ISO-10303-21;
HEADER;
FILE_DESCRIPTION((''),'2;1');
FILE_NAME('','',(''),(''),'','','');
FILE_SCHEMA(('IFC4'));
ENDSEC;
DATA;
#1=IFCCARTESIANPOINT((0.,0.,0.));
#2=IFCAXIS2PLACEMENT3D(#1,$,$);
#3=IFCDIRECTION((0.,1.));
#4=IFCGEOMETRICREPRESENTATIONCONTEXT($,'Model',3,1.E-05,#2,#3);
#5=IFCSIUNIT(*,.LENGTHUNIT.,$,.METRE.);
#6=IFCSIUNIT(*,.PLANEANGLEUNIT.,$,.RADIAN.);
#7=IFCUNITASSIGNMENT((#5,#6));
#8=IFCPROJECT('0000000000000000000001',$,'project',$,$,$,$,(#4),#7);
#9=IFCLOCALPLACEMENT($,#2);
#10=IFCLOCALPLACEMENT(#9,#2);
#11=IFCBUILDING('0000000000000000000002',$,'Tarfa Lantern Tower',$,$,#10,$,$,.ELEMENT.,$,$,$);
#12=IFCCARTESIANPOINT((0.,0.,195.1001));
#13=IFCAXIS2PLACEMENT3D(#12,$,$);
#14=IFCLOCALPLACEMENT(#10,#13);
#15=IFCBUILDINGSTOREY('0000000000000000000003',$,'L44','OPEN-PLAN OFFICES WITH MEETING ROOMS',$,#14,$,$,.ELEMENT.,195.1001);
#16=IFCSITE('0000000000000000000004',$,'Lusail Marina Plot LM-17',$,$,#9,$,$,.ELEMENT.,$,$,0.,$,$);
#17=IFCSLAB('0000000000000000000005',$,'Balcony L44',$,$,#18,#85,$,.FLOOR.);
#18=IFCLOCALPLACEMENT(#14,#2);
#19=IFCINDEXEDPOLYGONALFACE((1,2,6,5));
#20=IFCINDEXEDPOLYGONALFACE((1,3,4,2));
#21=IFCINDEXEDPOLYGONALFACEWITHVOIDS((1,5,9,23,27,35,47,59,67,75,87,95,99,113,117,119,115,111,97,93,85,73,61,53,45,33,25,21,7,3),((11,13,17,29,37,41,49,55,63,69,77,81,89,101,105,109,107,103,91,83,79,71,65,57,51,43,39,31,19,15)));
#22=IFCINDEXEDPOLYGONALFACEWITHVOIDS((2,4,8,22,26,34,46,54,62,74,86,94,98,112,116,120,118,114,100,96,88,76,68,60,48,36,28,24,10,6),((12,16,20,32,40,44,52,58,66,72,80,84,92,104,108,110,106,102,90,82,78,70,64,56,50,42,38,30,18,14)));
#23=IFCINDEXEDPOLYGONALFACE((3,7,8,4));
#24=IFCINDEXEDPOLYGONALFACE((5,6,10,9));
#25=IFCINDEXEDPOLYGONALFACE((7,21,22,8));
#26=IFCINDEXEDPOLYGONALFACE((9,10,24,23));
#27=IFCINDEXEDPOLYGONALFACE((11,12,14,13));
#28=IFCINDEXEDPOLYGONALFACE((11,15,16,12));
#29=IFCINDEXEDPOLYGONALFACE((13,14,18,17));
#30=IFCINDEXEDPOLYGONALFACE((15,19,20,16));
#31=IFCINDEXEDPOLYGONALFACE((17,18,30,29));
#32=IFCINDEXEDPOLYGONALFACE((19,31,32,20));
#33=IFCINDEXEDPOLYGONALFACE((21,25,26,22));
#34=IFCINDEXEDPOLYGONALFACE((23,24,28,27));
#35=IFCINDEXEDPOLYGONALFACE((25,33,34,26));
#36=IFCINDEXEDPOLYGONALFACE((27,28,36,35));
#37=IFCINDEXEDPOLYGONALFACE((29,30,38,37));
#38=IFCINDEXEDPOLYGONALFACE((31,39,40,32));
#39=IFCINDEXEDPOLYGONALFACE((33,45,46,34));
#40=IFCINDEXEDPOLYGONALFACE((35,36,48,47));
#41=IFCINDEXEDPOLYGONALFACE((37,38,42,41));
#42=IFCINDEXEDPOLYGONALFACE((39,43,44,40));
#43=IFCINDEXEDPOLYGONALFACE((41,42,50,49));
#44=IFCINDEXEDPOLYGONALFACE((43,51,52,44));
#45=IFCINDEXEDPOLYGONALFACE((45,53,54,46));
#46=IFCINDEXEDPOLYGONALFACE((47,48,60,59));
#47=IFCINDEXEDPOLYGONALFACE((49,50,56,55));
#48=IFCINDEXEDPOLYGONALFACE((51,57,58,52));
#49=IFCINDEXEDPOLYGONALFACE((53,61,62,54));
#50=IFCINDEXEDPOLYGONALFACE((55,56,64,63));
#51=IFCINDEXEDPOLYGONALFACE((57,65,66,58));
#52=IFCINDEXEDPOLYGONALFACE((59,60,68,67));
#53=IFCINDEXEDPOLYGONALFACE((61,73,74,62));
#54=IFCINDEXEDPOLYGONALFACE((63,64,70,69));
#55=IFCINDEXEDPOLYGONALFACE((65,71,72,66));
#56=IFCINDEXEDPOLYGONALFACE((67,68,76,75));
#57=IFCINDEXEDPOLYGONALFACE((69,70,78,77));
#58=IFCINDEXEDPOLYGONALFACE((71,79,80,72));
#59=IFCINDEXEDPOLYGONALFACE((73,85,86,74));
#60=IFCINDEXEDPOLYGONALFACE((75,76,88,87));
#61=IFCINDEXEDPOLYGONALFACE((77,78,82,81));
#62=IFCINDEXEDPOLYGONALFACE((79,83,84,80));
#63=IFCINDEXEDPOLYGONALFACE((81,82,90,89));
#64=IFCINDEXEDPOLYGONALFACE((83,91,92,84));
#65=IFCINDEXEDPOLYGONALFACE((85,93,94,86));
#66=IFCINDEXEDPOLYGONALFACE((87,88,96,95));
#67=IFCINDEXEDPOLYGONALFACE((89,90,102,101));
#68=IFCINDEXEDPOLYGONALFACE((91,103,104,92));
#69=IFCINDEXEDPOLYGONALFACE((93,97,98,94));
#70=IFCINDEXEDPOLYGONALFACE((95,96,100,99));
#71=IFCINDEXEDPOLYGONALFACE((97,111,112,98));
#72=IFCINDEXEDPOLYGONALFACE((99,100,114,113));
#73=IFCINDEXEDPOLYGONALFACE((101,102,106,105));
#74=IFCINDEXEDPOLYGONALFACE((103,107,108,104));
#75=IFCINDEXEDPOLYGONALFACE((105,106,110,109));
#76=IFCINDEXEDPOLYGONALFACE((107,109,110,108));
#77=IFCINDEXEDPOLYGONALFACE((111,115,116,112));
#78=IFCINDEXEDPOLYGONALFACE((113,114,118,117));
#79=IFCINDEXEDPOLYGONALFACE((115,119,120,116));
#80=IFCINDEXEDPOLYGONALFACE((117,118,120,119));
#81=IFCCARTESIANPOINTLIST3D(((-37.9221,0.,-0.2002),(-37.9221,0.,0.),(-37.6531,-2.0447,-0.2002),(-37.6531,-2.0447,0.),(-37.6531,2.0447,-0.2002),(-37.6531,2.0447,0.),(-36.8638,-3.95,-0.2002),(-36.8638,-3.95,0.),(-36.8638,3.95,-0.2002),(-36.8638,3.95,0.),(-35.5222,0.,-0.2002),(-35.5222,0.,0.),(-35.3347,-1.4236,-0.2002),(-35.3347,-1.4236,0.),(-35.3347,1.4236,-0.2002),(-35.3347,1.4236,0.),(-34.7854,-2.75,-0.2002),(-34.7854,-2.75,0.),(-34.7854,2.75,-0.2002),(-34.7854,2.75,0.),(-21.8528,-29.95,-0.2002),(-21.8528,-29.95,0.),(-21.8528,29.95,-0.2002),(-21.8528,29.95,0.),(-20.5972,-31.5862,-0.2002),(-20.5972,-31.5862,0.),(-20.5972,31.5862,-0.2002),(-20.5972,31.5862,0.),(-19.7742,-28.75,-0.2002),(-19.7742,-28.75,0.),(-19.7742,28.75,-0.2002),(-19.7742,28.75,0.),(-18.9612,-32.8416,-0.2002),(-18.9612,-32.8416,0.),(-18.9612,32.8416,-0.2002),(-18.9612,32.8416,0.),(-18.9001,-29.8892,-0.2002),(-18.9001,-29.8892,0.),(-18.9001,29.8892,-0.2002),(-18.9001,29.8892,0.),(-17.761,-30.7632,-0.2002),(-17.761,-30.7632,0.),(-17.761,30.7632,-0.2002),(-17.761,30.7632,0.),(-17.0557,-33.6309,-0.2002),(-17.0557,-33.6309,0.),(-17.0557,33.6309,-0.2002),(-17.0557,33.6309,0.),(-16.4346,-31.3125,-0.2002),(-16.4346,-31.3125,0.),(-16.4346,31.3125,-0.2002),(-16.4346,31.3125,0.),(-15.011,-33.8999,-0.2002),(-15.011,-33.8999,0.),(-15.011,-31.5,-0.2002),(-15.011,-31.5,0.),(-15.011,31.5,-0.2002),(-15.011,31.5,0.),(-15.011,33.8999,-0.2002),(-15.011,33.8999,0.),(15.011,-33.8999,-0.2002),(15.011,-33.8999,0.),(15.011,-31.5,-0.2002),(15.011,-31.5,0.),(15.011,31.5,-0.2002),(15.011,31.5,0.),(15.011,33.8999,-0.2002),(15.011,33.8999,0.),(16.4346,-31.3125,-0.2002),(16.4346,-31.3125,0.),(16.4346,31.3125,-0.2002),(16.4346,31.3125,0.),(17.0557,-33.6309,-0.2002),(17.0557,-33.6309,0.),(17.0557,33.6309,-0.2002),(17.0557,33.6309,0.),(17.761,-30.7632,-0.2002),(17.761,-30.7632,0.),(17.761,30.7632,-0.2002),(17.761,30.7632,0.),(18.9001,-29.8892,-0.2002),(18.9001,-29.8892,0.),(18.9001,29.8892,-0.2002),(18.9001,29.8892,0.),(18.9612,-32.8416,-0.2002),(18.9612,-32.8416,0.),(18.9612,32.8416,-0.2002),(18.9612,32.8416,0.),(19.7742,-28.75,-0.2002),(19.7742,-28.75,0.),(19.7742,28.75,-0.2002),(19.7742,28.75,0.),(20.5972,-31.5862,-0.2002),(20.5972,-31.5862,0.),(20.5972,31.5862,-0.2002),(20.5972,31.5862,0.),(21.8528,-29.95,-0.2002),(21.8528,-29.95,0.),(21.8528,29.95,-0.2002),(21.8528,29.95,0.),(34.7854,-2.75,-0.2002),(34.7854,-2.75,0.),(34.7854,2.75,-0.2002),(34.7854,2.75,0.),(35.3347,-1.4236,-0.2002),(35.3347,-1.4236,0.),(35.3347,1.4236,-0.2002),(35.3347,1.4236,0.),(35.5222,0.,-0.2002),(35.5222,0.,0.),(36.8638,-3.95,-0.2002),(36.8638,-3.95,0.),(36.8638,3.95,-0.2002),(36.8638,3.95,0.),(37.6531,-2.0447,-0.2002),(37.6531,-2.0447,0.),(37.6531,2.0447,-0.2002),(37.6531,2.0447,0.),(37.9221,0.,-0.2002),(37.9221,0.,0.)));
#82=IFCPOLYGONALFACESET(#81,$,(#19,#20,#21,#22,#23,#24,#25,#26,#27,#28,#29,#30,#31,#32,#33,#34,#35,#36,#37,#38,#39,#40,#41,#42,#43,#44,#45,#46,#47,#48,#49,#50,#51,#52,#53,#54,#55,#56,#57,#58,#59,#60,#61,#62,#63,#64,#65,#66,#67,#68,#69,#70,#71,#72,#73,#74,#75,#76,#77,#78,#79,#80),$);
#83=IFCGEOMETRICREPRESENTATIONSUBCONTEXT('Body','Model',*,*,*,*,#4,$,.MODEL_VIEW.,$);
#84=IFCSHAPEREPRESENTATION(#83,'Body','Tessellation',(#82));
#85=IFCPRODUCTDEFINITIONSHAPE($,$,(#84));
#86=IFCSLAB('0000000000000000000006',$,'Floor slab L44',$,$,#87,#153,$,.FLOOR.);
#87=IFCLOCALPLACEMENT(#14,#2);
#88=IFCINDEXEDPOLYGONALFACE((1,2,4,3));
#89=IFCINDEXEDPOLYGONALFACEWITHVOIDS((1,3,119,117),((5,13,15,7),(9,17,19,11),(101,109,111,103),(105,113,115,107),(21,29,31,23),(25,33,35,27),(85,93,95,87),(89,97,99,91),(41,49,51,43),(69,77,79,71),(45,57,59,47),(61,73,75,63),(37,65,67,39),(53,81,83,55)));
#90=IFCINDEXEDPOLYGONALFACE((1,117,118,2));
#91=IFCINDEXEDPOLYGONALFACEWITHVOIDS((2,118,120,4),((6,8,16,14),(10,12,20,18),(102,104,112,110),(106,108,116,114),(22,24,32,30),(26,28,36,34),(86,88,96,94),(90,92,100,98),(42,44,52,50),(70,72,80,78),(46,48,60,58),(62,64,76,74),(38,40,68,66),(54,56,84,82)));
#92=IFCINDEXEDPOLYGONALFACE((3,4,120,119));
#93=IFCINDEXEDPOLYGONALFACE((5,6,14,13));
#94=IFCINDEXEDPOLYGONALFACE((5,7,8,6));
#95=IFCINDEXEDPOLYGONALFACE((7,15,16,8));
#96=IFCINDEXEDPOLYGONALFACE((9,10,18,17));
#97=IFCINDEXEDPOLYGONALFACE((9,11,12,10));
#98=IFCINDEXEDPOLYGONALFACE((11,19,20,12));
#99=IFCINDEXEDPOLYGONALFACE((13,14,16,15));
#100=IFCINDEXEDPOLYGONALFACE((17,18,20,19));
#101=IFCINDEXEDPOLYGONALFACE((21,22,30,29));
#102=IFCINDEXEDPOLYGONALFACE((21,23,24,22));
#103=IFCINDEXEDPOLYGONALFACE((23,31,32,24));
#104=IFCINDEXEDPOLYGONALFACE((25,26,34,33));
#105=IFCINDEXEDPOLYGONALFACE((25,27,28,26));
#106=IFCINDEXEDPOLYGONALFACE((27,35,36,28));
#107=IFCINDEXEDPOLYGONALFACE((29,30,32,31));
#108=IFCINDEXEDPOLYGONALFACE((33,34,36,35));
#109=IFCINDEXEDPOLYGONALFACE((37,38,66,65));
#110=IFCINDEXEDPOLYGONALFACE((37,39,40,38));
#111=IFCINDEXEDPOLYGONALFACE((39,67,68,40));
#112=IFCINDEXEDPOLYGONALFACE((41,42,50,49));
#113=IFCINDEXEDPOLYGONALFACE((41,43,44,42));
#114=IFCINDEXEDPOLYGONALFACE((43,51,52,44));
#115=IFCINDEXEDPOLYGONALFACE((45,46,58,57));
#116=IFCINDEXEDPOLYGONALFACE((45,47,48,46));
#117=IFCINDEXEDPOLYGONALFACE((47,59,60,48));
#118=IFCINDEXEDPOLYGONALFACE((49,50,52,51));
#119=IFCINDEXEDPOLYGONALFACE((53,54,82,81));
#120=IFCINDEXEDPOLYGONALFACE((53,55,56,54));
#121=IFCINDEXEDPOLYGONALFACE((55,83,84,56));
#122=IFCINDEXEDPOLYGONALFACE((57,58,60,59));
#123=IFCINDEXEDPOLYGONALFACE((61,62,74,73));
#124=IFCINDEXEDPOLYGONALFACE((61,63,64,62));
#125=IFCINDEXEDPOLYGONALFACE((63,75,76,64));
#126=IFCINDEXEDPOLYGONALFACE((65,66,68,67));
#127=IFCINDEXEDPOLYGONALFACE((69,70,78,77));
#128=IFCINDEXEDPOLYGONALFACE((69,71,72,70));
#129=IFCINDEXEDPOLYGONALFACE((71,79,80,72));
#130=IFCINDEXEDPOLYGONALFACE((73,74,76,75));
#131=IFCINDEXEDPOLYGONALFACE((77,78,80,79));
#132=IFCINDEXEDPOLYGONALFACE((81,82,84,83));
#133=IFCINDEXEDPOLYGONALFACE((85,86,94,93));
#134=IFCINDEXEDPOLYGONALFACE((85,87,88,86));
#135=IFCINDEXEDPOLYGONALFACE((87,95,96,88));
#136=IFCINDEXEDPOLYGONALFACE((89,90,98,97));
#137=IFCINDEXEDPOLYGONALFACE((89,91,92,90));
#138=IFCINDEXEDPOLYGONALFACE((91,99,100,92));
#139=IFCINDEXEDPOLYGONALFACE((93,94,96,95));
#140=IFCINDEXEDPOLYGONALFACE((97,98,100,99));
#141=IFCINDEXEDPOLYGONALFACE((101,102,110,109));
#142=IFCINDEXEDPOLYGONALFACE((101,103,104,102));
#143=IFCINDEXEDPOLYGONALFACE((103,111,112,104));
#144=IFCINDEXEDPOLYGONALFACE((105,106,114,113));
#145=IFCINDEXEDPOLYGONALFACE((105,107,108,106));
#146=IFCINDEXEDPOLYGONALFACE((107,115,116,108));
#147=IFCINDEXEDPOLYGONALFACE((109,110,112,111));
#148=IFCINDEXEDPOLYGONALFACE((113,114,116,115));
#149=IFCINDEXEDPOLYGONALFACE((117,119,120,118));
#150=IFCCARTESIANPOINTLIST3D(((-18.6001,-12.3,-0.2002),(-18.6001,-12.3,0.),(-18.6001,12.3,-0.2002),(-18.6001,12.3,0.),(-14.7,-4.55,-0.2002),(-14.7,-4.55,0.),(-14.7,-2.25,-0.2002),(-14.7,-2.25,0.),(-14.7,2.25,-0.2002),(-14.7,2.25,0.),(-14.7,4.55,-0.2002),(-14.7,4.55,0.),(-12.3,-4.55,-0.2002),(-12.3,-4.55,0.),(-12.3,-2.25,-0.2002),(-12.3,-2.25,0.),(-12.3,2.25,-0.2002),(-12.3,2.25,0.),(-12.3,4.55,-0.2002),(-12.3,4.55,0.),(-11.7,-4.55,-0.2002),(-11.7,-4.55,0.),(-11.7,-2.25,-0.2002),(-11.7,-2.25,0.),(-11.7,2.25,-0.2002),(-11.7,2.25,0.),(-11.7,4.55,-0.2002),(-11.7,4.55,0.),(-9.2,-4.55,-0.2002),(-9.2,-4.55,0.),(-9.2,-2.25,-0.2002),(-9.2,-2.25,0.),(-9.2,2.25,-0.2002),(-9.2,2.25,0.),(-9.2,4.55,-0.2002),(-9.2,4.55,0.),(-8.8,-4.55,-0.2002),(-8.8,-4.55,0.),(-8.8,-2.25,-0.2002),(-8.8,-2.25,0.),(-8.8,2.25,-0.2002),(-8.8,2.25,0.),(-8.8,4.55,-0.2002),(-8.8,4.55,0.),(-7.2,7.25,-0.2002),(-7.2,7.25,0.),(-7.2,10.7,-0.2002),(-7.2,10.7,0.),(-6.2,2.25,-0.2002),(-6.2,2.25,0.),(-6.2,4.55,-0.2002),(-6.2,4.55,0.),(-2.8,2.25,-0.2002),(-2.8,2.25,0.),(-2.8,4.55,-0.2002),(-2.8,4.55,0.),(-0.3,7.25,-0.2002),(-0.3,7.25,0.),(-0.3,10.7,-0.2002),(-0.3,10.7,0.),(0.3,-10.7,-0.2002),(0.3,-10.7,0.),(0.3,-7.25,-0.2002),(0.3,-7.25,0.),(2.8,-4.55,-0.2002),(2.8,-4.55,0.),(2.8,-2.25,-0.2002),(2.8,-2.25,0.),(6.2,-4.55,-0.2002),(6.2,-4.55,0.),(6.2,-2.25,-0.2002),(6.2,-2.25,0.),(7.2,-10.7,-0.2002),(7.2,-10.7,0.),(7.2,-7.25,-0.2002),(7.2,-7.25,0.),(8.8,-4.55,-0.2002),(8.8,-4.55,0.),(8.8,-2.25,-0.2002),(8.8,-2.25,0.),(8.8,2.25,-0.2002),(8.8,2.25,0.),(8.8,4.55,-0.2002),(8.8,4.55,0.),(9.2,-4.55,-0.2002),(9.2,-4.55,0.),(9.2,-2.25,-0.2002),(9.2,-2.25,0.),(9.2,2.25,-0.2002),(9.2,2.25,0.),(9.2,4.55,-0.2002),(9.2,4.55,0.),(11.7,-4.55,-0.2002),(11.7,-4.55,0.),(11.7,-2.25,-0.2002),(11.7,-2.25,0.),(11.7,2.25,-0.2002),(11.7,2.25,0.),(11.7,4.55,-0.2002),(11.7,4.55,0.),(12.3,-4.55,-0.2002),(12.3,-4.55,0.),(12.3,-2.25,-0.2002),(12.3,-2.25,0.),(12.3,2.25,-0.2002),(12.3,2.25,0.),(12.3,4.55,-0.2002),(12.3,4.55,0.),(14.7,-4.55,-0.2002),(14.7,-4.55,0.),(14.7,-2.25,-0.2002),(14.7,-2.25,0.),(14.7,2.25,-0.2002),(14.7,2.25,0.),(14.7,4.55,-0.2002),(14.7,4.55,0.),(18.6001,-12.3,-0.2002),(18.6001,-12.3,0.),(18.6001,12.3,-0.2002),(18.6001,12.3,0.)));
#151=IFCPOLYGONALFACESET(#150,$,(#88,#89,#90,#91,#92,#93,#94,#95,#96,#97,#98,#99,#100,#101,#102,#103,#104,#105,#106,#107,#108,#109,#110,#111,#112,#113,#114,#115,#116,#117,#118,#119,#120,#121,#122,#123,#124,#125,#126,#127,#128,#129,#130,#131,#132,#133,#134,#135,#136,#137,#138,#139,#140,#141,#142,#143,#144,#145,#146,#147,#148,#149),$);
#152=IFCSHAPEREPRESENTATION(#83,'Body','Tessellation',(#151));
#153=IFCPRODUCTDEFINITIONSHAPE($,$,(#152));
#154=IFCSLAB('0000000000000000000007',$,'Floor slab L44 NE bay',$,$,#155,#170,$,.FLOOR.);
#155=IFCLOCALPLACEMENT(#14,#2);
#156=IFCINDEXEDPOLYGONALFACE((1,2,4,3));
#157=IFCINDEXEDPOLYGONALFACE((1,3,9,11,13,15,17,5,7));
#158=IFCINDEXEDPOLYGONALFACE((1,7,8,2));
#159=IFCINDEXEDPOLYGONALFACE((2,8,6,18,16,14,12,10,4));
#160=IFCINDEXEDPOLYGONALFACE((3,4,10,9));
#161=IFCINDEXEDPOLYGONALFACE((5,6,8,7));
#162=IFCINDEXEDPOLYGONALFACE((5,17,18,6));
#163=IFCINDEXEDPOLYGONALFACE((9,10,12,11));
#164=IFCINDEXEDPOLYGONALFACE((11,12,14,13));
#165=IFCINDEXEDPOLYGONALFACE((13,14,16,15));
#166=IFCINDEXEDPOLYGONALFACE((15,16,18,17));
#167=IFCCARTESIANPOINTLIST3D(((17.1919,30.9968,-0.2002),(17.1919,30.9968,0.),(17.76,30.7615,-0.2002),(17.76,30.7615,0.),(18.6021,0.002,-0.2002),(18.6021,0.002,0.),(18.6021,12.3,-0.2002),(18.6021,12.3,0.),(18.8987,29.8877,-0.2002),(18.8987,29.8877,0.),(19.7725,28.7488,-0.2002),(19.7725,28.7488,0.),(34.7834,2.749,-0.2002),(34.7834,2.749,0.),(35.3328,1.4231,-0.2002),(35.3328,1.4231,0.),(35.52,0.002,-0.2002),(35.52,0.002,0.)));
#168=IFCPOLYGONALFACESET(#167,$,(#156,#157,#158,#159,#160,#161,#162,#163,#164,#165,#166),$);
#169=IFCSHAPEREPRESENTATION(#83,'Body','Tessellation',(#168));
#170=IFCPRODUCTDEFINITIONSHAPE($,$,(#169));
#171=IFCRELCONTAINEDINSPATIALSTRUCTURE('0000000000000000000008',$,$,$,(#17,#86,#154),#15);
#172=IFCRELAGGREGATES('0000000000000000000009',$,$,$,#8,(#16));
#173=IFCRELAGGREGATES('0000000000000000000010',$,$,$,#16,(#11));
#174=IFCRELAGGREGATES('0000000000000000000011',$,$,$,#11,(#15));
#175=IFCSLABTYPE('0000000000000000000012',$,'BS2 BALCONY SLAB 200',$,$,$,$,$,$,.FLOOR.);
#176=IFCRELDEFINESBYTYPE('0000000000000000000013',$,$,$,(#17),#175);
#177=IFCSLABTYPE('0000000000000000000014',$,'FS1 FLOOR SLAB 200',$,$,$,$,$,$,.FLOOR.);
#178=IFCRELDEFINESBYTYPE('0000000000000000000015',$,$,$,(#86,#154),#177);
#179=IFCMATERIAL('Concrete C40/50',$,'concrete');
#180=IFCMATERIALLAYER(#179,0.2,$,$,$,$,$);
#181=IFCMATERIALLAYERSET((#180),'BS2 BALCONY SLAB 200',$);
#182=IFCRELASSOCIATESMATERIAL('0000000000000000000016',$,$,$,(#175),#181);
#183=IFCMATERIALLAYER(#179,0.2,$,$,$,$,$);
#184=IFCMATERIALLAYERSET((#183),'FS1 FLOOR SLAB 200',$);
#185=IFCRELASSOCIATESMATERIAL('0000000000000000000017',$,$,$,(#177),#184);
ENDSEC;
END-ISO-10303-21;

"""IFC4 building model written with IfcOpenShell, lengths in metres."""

from ifc_helpers import new_model, si_unit, direction, frame, origin, place, context, subcontext, project, spatial, polyline, outline, extrude, material, layer, layer_set, type_object, element, save


model = new_model("IFC4")

# Units and contexts
model_context = context("Model", 3, precision=1e-05, world=origin(), true_north=direction((0.0, 1.0)))
body_context = subcontext(model_context, "Body", "Model", "MODEL_VIEW")
ifc_project = project(units=[si_unit("LENGTHUNIT", "METRE"), si_unit("PLANEANGLEUNIT", "RADIAN")], contexts=[model_context])

# Site, building, storey
site_placement = place(None, origin())
site = spatial("IfcSite", under=ifc_project, at=site_placement, Name="Lusail Marina Plot LM-17", CompositionType="ELEMENT", RefElevation=0.0)
building_placement = place(site_placement, origin())
building = spatial("IfcBuilding", under=site, at=building_placement, Name="Tarfa Lantern Tower", CompositionType="ELEMENT")
storey_placement = place(building_placement, frame((0.0, 0.0, 195.1001)))
storey = spatial("IfcBuildingStorey", under=building, at=storey_placement, Name="L44", Description="OPEN-PLAN OFFICES WITH MEETING ROOMS", CompositionType="ELEMENT", Elevation=195.1001)

# Slabs
ifc_material_1 = material(Name="Concrete C40/50", Category="concrete")
ifc_layer_1 = layer(ifc_material_1, 0.2)
ifc_layer_set_1 = layer_set([ifc_layer_1], Name="BS2 BALCONY SLAB 200")
slab_type_1 = type_object("IfcSlabType", Name="BS2 BALCONY SLAB 200", PredefinedType="FLOOR", material=ifc_layer_set_1)
slab_1_placement = place(storey_placement, frame((0.0, 0.0, -0.2002)))
element("IfcSlab", 1, at=slab_1_placement, inside=storey, type_object=slab_type_1, Name="Balcony L44", PredefinedType="FLOOR", context=body_context, shape_type="SweptSolid", body=[
    extrude(outline(polyline([(36.8638, 3.95), (21.8528, 29.95), (20.5972, 31.5862), (18.9612, 32.8416), (17.0557, 33.6309), (15.011, 33.8999), (-15.011, 33.8999), (-17.0557, 33.6309), (-18.9612, 32.8416), (-20.5972, 31.5862), (-21.8528, 29.95), (-36.8638, 3.95), (-37.6531, 2.0447), (-37.9221, 0.0), (-37.6531, -2.0447), (-36.8638, -3.95), (-21.8528, -29.95), (-20.5972, -31.5862), (-18.9612, -32.8416), (-17.0557, -33.6309), (-15.011, -33.8999), (15.011, -33.8999), (17.0557, -33.6309), (18.9612, -32.8416), (20.5972, -31.5862), (21.8528, -29.95), (36.8638, -3.95), (37.6531, -2.0447), (37.9221, 0.0), (37.6531, 2.0447), (36.8638, 3.95)]), holes=[polyline([(34.7854, 2.75), (19.7742, 28.75), (18.9001, 29.8892), (17.761, 30.7632), (16.4346, 31.3125), (15.011, 31.5), (-15.011, 31.5), (-16.4346, 31.3125), (-17.761, 30.7632), (-18.9001, 29.8892), (-19.7742, 28.75), (-34.7854, 2.75), (-35.3347, 1.4236), (-35.5222, 0.0), (-35.3347, -1.4236), (-34.7854, -2.75), (-19.7742, -28.75), (-18.9001, -29.8892), (-17.761, -30.7632), (-16.4346, -31.3125), (-15.011, -31.5), (15.011, -31.5), (16.4346, -31.3125), (17.761, -30.7632), (18.9001, -29.8892), (19.7742, -28.75), (34.7854, -2.75), (35.3347, -1.4236), (35.5222, 0.0), (35.3347, 1.4236), (34.7854, 2.75)])]), origin(), (0.0, 0.0, 1.0), 0.2002),
])
ifc_layer_2 = layer(ifc_material_1, 0.2)
ifc_layer_set_2 = layer_set([ifc_layer_2], Name="FS1 FLOOR SLAB 200")
slab_type_2 = type_object("IfcSlabType", Name="FS1 FLOOR SLAB 200", PredefinedType="FLOOR", material=ifc_layer_set_2)
slab_2_placement = place(storey_placement, frame((0.0, 0.0, -0.2002)))
element("IfcSlab", 2, at=slab_2_placement, inside=storey, type_object=slab_type_2, Name="Floor slab L44", PredefinedType="FLOOR", context=body_context, shape_type="SweptSolid", body=[
    extrude(outline(polyline([(-18.6001, -12.3), (18.6001, -12.3), (18.6001, 12.3), (-18.6001, 12.3), (-18.6001, -12.3)]), holes=[polyline([(-14.7, 2.25), (-12.3, 2.25), (-12.3, 4.55), (-14.7, 4.55), (-14.7, 2.25)]), polyline([(-11.7, 2.25), (-9.2, 2.25), (-9.2, 4.55), (-11.7, 4.55), (-11.7, 2.25)]), polyline([(-8.8, 2.25), (-6.2, 2.25), (-6.2, 4.55), (-8.8, 4.55), (-8.8, 2.25)]), polyline([(-2.8, 2.25), (8.8, 2.25), (8.8, 4.55), (-2.8, 4.55), (-2.8, 2.25)]), polyline([(9.2, 2.25), (11.7, 2.25), (11.7, 4.55), (9.2, 4.55), (9.2, 2.25)]), polyline([(12.3, 2.25), (14.7, 2.25), (14.7, 4.55), (12.3, 4.55), (12.3, 2.25)]), polyline([(14.7, -2.25), (12.3, -2.25), (12.3, -4.55), (14.7, -4.55), (14.7, -2.25)]), polyline([(11.7, -2.25), (9.2, -2.25), (9.2, -4.55), (11.7, -4.55), (11.7, -2.25)]), polyline([(8.8, -2.25), (6.2, -2.25), (6.2, -4.55), (8.8, -4.55), (8.8, -2.25)]), polyline([(2.8, -2.25), (-8.8, -2.25), (-8.8, -4.55), (2.8, -4.55), (2.8, -2.25)]), polyline([(-9.2, -2.25), (-11.7, -2.25), (-11.7, -4.55), (-9.2, -4.55), (-9.2, -2.25)]), polyline([(-12.3, -2.25), (-14.7, -2.25), (-14.7, -4.55), (-12.3, -4.55), (-12.3, -2.25)]), polyline([(-7.2, 7.25), (-0.3, 7.25), (-0.3, 10.7), (-7.2, 10.7), (-7.2, 7.25)]), polyline([(7.2, -7.25), (0.3, -7.25), (0.3, -10.7), (7.2, -10.7), (7.2, -7.25)])]), origin(), (0.0, 0.0, 1.0), 0.2002),
])
slab_3_placement = place(storey_placement, frame((0.0, 0.0, -0.2002)))
element("IfcSlab", 3, at=slab_3_placement, inside=storey, type_object=slab_type_2, Name="Floor slab L44 NE bay", PredefinedType="FLOOR", context=body_context, shape_type="SweptSolid", body=[
    extrude(outline(polyline([(34.7834, 2.749), (19.7725, 28.7488), (18.8987, 29.8877), (17.76, 30.7615), (17.1919, 30.9968), (18.6021, 12.3), (18.6021, 0.002), (35.52, 0.002), (35.3328, 1.4231), (34.7834, 2.749)])), origin(), (0.0, 0.0, 1.0), 0.2002),
])

save(model, "model.ifc")
